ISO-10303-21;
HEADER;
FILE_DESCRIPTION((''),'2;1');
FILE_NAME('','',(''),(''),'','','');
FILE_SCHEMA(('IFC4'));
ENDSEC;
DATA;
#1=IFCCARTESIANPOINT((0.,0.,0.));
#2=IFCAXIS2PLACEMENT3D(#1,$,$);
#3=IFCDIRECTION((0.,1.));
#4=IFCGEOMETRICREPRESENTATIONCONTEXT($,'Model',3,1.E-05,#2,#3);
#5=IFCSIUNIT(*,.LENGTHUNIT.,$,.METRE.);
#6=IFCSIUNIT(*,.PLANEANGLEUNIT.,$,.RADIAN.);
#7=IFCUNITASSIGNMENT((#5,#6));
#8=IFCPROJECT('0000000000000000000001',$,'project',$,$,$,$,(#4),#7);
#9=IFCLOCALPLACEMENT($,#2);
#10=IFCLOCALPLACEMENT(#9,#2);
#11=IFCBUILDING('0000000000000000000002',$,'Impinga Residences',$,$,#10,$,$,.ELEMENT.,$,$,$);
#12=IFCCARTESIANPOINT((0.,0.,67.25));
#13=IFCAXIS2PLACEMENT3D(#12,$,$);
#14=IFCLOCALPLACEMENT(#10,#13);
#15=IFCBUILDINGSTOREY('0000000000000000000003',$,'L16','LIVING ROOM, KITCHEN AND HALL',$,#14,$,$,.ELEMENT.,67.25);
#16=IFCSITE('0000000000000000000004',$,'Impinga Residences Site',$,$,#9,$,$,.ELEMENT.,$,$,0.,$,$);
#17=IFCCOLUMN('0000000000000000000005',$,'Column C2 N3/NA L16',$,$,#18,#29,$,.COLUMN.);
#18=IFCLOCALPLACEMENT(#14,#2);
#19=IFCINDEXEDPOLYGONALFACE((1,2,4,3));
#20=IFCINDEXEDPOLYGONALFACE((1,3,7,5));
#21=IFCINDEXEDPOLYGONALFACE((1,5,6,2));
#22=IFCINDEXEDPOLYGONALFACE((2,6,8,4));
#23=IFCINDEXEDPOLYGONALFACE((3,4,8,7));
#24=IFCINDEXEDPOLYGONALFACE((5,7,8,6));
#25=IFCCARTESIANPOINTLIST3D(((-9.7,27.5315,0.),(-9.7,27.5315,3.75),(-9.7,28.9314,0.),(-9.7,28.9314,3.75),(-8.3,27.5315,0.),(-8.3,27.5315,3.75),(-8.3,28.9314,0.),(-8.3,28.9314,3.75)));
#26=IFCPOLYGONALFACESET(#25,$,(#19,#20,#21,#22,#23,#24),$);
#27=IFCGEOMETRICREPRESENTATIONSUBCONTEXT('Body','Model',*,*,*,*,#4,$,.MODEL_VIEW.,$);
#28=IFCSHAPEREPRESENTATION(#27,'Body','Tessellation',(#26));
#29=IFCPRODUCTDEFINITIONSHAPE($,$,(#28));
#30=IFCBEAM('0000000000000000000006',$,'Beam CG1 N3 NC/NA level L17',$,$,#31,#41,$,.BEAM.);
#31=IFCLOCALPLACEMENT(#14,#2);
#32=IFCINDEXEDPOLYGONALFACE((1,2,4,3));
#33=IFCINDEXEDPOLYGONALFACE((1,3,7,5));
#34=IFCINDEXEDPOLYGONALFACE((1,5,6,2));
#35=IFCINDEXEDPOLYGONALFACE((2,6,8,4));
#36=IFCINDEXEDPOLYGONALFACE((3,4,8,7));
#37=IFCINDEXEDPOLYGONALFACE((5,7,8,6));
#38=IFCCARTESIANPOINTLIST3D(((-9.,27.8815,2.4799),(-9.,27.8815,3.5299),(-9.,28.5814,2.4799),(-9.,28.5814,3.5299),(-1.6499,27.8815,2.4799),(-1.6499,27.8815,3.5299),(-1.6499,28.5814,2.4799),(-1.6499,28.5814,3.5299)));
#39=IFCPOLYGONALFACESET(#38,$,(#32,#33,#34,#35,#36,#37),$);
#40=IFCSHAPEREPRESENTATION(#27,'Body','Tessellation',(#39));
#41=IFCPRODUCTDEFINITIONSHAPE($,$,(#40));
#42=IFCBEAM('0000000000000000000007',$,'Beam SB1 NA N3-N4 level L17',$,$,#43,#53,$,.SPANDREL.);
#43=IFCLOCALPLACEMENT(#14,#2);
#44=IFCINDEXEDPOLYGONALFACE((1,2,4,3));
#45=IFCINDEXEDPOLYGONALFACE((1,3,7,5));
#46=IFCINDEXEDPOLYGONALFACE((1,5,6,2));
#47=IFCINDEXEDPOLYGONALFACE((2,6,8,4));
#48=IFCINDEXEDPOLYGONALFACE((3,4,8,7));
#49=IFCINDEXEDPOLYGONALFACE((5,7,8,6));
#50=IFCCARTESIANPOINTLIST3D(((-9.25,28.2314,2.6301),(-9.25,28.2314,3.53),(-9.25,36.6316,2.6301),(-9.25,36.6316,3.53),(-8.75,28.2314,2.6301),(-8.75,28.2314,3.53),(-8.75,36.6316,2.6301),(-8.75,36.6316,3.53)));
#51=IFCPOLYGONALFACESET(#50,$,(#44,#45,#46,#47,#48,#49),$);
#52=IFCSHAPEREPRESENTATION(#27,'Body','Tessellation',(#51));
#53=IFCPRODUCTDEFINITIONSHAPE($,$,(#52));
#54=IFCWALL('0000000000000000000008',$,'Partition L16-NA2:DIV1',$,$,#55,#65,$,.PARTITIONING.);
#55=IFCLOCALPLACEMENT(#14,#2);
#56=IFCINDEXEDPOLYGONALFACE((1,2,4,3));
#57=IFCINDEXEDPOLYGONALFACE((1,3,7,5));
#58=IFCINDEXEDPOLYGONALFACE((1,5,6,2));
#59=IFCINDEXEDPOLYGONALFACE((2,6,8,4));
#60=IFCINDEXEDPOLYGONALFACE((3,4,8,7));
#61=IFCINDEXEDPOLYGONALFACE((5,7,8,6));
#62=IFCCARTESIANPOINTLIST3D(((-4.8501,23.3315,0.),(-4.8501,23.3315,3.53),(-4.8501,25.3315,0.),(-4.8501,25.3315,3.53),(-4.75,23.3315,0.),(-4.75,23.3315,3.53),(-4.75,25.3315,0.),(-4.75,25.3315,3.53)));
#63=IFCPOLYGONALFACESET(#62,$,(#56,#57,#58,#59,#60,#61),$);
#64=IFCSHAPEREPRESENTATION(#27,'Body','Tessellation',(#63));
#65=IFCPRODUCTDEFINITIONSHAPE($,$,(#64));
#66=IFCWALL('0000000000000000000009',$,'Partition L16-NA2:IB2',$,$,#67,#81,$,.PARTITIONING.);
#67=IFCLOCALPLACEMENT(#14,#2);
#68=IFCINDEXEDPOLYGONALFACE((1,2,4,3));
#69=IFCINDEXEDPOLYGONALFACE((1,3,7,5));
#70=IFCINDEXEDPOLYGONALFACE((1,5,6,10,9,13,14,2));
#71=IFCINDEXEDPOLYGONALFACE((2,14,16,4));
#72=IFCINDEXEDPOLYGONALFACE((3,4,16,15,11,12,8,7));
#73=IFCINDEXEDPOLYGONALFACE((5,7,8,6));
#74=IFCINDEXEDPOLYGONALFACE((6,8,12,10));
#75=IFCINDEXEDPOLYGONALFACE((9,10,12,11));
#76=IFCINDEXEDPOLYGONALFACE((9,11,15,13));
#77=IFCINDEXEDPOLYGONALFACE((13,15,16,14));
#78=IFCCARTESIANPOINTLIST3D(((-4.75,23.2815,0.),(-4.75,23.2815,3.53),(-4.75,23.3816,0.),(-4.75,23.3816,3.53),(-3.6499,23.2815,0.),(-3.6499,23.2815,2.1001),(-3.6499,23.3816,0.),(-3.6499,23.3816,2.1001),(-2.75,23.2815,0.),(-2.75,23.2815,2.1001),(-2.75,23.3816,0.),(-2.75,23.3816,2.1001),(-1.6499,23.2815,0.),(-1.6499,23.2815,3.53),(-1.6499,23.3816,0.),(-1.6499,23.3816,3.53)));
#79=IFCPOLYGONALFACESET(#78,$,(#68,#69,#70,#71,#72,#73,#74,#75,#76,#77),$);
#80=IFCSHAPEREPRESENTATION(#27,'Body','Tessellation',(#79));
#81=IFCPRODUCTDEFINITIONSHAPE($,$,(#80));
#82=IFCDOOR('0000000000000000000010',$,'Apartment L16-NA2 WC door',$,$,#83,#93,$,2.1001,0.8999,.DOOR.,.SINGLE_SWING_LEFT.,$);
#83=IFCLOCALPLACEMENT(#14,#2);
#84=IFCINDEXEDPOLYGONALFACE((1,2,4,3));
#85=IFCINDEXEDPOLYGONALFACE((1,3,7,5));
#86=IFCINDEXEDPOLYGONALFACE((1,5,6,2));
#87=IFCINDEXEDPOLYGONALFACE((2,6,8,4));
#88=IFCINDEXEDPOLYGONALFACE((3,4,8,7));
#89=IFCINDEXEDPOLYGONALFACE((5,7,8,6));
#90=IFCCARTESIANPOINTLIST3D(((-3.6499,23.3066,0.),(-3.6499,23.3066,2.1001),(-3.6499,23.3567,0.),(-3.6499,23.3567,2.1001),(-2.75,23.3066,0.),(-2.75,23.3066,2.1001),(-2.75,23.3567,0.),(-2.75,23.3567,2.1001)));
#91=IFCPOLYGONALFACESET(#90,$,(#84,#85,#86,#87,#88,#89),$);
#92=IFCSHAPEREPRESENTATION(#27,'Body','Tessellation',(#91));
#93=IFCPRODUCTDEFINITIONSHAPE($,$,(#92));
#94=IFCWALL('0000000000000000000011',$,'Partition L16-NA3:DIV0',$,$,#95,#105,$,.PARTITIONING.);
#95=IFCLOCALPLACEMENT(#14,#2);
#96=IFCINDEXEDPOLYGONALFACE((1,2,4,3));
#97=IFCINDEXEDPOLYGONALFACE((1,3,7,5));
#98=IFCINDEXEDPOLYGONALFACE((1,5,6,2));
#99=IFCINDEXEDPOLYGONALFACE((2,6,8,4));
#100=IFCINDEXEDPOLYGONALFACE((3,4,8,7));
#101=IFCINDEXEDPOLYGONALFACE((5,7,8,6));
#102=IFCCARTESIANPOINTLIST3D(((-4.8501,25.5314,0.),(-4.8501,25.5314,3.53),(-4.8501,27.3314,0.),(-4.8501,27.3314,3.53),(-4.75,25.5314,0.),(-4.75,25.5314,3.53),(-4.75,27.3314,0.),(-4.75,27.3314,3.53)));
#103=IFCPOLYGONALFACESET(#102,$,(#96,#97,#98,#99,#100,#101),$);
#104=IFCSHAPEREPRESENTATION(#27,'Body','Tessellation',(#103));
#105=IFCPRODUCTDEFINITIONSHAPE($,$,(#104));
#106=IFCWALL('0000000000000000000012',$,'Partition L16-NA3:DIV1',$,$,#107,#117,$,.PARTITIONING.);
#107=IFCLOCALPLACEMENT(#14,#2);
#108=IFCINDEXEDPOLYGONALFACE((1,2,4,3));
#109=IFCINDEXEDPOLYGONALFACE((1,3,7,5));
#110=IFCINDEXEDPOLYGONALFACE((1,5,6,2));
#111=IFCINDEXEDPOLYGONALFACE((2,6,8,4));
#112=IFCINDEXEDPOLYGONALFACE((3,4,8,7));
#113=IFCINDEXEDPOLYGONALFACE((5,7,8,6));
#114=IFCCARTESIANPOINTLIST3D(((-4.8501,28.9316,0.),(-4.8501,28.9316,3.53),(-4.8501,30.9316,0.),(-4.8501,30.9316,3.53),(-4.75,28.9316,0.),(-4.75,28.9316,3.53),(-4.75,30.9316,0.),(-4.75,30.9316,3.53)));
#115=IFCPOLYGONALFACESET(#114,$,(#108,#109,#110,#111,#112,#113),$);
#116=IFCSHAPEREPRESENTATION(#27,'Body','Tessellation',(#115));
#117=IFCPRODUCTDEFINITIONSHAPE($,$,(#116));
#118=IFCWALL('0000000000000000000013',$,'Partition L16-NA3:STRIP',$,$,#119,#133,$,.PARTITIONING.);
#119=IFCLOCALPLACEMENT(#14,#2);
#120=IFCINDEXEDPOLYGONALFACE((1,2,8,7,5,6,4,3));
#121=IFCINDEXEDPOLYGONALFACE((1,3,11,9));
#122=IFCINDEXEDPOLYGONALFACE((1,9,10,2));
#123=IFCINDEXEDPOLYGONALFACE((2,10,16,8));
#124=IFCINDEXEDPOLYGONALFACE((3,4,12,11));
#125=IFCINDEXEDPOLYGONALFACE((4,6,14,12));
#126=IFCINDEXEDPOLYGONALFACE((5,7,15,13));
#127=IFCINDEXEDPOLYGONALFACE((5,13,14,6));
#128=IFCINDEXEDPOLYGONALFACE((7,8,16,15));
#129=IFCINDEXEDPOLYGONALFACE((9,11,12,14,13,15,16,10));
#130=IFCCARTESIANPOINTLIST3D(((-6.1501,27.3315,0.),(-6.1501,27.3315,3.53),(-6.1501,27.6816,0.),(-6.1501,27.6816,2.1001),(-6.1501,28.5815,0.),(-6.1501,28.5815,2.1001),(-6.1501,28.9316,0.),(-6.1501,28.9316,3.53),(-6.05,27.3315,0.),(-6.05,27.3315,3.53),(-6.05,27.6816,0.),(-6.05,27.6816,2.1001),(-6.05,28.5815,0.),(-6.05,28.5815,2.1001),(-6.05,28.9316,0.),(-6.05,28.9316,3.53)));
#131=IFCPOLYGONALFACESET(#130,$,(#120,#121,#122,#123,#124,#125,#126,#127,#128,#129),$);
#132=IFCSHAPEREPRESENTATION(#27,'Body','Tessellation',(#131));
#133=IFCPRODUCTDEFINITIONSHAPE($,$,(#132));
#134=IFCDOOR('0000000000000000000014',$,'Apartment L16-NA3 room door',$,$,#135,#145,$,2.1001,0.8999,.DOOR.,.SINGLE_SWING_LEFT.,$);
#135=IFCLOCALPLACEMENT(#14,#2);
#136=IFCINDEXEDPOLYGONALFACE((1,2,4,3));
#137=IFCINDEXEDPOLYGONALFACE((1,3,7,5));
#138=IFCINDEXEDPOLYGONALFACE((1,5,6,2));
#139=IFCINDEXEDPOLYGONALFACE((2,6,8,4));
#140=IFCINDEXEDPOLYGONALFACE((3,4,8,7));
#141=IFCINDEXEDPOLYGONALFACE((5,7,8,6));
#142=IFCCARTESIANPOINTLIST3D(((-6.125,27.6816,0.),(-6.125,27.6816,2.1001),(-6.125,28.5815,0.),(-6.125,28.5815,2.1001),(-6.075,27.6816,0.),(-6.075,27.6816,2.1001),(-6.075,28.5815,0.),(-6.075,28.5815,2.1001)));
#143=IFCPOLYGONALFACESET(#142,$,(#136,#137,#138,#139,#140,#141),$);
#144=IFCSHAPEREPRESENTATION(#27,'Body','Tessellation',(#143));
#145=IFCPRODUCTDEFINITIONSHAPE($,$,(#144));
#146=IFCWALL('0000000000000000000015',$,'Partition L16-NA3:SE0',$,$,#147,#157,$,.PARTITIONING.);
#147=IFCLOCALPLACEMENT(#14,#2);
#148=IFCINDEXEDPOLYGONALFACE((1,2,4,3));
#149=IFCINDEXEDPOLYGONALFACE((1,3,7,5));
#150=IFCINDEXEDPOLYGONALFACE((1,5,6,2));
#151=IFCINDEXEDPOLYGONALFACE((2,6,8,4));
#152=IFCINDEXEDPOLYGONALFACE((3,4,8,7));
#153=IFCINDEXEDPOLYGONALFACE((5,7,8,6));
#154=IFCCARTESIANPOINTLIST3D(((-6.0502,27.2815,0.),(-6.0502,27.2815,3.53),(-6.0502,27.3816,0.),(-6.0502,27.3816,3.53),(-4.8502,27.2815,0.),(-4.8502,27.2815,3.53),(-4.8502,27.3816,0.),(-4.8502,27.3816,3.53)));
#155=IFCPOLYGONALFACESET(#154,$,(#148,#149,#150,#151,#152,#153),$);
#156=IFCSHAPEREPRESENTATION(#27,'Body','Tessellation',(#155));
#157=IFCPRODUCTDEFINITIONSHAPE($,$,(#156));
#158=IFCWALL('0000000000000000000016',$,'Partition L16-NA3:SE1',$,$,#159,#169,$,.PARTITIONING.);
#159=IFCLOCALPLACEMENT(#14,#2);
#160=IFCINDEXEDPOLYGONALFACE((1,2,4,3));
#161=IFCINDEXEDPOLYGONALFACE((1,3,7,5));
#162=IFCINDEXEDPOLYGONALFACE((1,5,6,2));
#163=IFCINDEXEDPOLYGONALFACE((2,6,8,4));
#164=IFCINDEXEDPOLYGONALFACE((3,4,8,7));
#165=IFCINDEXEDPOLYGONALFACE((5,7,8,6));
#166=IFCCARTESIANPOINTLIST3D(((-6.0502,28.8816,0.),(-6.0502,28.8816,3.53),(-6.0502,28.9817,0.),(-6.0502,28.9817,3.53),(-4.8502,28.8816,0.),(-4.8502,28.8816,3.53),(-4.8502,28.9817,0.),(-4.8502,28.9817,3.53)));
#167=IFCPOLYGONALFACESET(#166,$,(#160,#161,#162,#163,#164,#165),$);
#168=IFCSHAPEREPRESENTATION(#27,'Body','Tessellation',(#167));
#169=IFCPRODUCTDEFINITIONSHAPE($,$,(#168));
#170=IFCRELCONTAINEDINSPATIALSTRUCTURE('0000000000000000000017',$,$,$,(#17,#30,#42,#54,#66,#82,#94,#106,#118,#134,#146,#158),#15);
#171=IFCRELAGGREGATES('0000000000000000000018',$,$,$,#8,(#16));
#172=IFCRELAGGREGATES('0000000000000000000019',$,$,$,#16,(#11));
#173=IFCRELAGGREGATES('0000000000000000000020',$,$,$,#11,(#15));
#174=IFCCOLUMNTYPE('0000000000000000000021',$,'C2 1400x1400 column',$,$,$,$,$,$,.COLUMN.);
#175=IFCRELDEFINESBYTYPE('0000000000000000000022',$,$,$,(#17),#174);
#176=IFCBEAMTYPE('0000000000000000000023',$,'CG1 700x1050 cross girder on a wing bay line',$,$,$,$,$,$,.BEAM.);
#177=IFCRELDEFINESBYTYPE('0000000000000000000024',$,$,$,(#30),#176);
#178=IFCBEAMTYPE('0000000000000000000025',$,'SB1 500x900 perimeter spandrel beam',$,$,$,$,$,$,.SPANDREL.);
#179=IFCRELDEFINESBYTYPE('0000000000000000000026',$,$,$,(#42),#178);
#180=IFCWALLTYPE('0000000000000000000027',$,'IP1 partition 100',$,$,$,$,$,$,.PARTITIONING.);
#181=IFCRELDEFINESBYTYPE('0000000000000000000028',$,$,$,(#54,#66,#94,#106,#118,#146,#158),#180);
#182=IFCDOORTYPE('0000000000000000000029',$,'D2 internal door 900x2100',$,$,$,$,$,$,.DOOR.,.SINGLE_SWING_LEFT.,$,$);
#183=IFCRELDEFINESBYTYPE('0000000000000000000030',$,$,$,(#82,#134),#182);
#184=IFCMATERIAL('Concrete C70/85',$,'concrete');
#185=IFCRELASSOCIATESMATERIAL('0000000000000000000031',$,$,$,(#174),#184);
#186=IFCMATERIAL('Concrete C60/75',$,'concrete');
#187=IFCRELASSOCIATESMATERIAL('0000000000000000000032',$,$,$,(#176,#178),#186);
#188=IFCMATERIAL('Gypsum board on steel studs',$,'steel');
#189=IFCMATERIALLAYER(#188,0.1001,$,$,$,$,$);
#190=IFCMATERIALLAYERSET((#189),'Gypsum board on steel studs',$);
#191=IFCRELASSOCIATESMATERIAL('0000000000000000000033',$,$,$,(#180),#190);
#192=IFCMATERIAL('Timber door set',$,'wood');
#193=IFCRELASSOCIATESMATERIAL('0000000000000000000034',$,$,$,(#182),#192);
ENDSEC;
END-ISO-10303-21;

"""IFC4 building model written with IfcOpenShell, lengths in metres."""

from ifc_helpers import new_model, si_unit, direction, frame, frame_2d, origin, origin_2d, place, context, subcontext, project, spatial, rectangle, extrude, material, layer, layer_set, material_profile, profile_set, type_object, element, fill, save


model = new_model("IFC4")

# Units and contexts
model_context = context("Model", 3, precision=1e-05, world=origin(), true_north=direction((0.0, 1.0)))
body_context = subcontext(model_context, "Body", "Model", "MODEL_VIEW")
ifc_project = project(units=[si_unit("LENGTHUNIT", "METRE"), si_unit("PLANEANGLEUNIT", "RADIAN")], contexts=[model_context])

# Site, building, storey
site_placement = place(None, origin())
site = spatial("IfcSite", under=ifc_project, at=site_placement, Name="Impinga Residences Site", CompositionType="ELEMENT", RefElevation=0.0)
building_placement = place(site_placement, origin())
building = spatial("IfcBuilding", under=site, at=building_placement, Name="Impinga Residences", CompositionType="ELEMENT")
storey_placement = place(building_placement, frame((0.0, 0.0, 67.25)))
storey = spatial("IfcBuildingStorey", under=building, at=storey_placement, Name="L16", Description="LIVING ROOM, KITCHEN AND HALL", CompositionType="ELEMENT", Elevation=67.25)

# Column
ifc_material_1 = material(Name="Concrete C70/85", Category="concrete")
ifc_material_profile_1 = material_profile(ifc_material_1, rectangle(XDim=1.3999, YDim=1.3999, at=origin_2d()), Name="RC 1400x1400")
ifc_profile_set_1 = profile_set([ifc_material_profile_1], Name="Concrete C70/85")
column_type = type_object("IfcColumnType", Name="C2 1400x1400 column", PredefinedType="COLUMN", material=ifc_profile_set_1)
column_placement = place(storey_placement, frame((-9.0, 28.2314, 0.0), z_axis=(0.0, 0.0, 1.0), x_axis=(1.0, 0.0, 0.0)))
element("IfcColumn", 1, at=column_placement, inside=storey, type_object=column_type, Name="Column C2 N3/NA L16", PredefinedType="COLUMN", context=body_context, shape_type="SweptSolid", body=[
    extrude(rectangle(XDim=1.3999, YDim=1.3999, at=origin_2d()), origin(), (0.0, 0.0, 1.0), 3.75),
])

# Beams
ifc_material_2 = material(Name="Concrete C60/75", Category="concrete")
ifc_material_profile_2 = material_profile(ifc_material_2, rectangle(XDim=0.7, YDim=1.05, at=origin_2d()), Name="RC 700x1050")
ifc_profile_set_2 = profile_set([ifc_material_profile_2], Name="Concrete C60/75")
beam_type_1 = type_object("IfcBeamType", Name="CG1 700x1050 cross girder on a wing bay line", PredefinedType="BEAM", material=ifc_profile_set_2)
beam_1_placement = place(storey_placement, frame((-1.6499, 28.2314, 3.0049), z_axis=(-1.0, 0.0, 0.0), x_axis=(0.0, -1.0, 0.0)))
element("IfcBeam", 2, at=beam_1_placement, inside=storey, type_object=beam_type_1, Name="Beam CG1 N3 NC/NA level L17", PredefinedType="BEAM", context=body_context, shape_type="SweptSolid", body=[
    extrude(rectangle(XDim=0.7, YDim=1.05, at=origin_2d()), origin(), (0.0, 0.0, 1.0), 7.3501),
])
ifc_material_profile_3 = material_profile(ifc_material_2, rectangle(XDim=0.5, YDim=0.8999, at=origin_2d()), Name="RC 500x900")
ifc_profile_set_3 = profile_set([ifc_material_profile_3], Name="Concrete C60/75")
beam_type_2 = type_object("IfcBeamType", Name="SB1 500x900 perimeter spandrel beam", PredefinedType="SPANDREL", material=ifc_profile_set_3)
beam_2_placement = place(storey_placement, frame((-9.0, 28.2314, 3.0801), z_axis=(0.0, 1.0, 0.0), x_axis=(-1.0, 0.0, 0.0)))
element("IfcBeam", 3, at=beam_2_placement, inside=storey, type_object=beam_type_2, Name="Beam SB1 NA N3-N4 level L17", PredefinedType="SPANDREL", context=body_context, shape_type="SweptSolid", body=[
    extrude(rectangle(XDim=0.5, YDim=0.8999, at=origin_2d()), origin(), (0.0, 0.0, 1.0), 8.4001),
])

# Wall
ifc_material_3 = material(Name="Gypsum board on steel studs", Category="steel")
ifc_layer_1 = layer(ifc_material_3, 0.1001)
ifc_layer_set_1 = layer_set([ifc_layer_1], Name="Gypsum board on steel studs")
wall_type_1 = type_object("IfcWallType", Name="IP1 partition 100", PredefinedType="PARTITIONING", material=ifc_layer_set_1)
wall_1_placement = place(storey_placement, frame((-4.8, 23.3315, 0.0), z_axis=(0.0, 0.0, 1.0), x_axis=(0.0, 1.0, 0.0)))
element("IfcWall", 4, at=wall_1_placement, inside=storey, type_object=wall_type_1, Name="Partition L16-NA2:DIV1", PredefinedType="PARTITIONING", context=body_context, shape_type="SweptSolid", body=[
    extrude(rectangle(XDim=2.0, YDim=0.1001, at=frame_2d((1.0, 0.0))), origin(), (0.0, 0.0, 1.0), 3.53),
])

# Wall, opening, door
wall_2_placement = place(storey_placement, frame((-1.6499, 23.3315, 0.0), z_axis=(0.0, 0.0, 1.0), x_axis=(-1.0, 0.0, 0.0)))
wall_2 = element("IfcWall", 5, at=wall_2_placement, inside=storey, type_object=wall_type_1, Name="Partition L16-NA2:IB2", PredefinedType="PARTITIONING", context=body_context, shape_type="SweptSolid", body=[
    extrude(rectangle(XDim=3.1001, YDim=0.1001, at=frame_2d((1.55, 0.0))), origin(), (0.0, 0.0, 1.0), 3.53),
])
opening_1_placement = place(wall_2_placement, frame((1.1001, 0.0, 0.0)))
opening_1 = element("IfcOpeningElement", 6, at=opening_1_placement, cuts=wall_2, PredefinedType="OPENING", context=body_context, shape_type="SweptSolid", body=[
    extrude(rectangle(XDim=0.8999, YDim=2.1001, at=frame_2d((0.45, 1.05))), frame((0.0, 0.0601, 0.0), z_axis=(0.0, -1.0, 0.0), x_axis=(1.0, 0.0, 0.0)), (0.0, 0.0, 1.0), 0.1201),
])
ifc_material_4 = material(Name="Timber door set", Category="wood")
door_type = type_object("IfcDoorType", Name="D2 internal door 900x2100", OperationType="SINGLE_SWING_LEFT", PredefinedType="DOOR", material=ifc_material_4)
door_1_placement = place(opening_1_placement, origin())
door_1 = element("IfcDoor", 7, at=door_1_placement, inside=storey, type_object=door_type, Name="Apartment L16-NA2 WC door", OperationType="SINGLE_SWING_LEFT", OverallHeight=2.1001, OverallWidth=0.8999, PredefinedType="DOOR", context=body_context, shape_type="SweptSolid", body=[
    extrude(rectangle(XDim=0.8999, YDim=2.1001, at=frame_2d((0.45, 1.05))), frame((0.0, 0.0249, 0.0), z_axis=(0.0, -1.0, 0.0), x_axis=(1.0, 0.0, 0.0)), (0.0, 0.0, 1.0), 0.05),
])
fill(opening_1, door_1)

# Walls
wall_3_placement = place(storey_placement, frame((-4.8, 25.5315, 0.0), z_axis=(0.0, 0.0, 1.0), x_axis=(0.0, 1.0, 0.0)))
element("IfcWall", 8, at=wall_3_placement, inside=storey, type_object=wall_type_1, Name="Partition L16-NA3:DIV0", PredefinedType="PARTITIONING", context=body_context, shape_type="SweptSolid", body=[
    extrude(rectangle(XDim=1.8, YDim=0.1001, at=frame_2d((0.8999, 0.0))), origin(), (0.0, 0.0, 1.0), 3.53),
])
wall_4_placement = place(storey_placement, frame((-4.8, 28.9316, 0.0), z_axis=(0.0, 0.0, 1.0), x_axis=(0.0, 1.0, 0.0)))
element("IfcWall", 9, at=wall_4_placement, inside=storey, type_object=wall_type_1, Name="Partition L16-NA3:DIV1", PredefinedType="PARTITIONING", context=body_context, shape_type="SweptSolid", body=[
    extrude(rectangle(XDim=2.0, YDim=0.1001, at=frame_2d((1.0, 0.0))), origin(), (0.0, 0.0, 1.0), 3.53),
])

# Wall, opening, door
wall_5_placement = place(storey_placement, frame((-6.1001, 27.3315, 0.0), z_axis=(0.0, 0.0, 1.0), x_axis=(0.0, 1.0, 0.0)))
wall_5 = element("IfcWall", 10, at=wall_5_placement, inside=storey, type_object=wall_type_1, Name="Partition L16-NA3:STRIP", PredefinedType="PARTITIONING", context=body_context, shape_type="SweptSolid", body=[
    extrude(rectangle(XDim=1.6001, YDim=0.1001, at=frame_2d((0.8, 0.0))), origin(), (0.0, 0.0, 1.0), 3.53),
])
opening_2_placement = place(wall_5_placement, frame((0.3501, 0.0, 0.0)))
opening_2 = element("IfcOpeningElement", 11, at=opening_2_placement, cuts=wall_5, PredefinedType="OPENING", context=body_context, shape_type="SweptSolid", body=[
    extrude(rectangle(XDim=0.8999, YDim=2.1001, at=frame_2d((0.45, 1.05))), frame((0.0, 0.0601, 0.0), z_axis=(0.0, -1.0, 0.0), x_axis=(1.0, 0.0, 0.0)), (0.0, 0.0, 1.0), 0.1201),
])
door_2_placement = place(opening_2_placement, origin())
door_2 = element("IfcDoor", 12, at=door_2_placement, inside=storey, type_object=door_type, Name="Apartment L16-NA3 room door", OperationType="SINGLE_SWING_LEFT", OverallHeight=2.1001, OverallWidth=0.8999, PredefinedType="DOOR", context=body_context, shape_type="SweptSolid", body=[
    extrude(rectangle(XDim=0.8999, YDim=2.1001, at=frame_2d((0.45, 1.05))), frame((0.0, 0.0249, 0.0), z_axis=(0.0, -1.0, 0.0), x_axis=(1.0, 0.0, 0.0)), (0.0, 0.0, 1.0), 0.05),
])
fill(opening_2, door_2)

# Walls
for number, where, z_axis, x_axis, name in (
    (13, (-4.8501, 27.3315, 0.0), (0.0, 0.0, 1.0), (-1.0, 0.0, 0.0), "Partition L16-NA3:SE0"),
    (14, (-4.8501, 28.9316, 0.0), (0.0, 0.0, 1.0), (-1.0, 0.0, 0.0), "Partition L16-NA3:SE1"),
):
    element("IfcWall", number, at=place(storey_placement, frame(where, z_axis=z_axis, x_axis=x_axis)), inside=storey, type_object=wall_type_1, Name=name, PredefinedType="PARTITIONING", context=body_context, shape_type="SweptSolid", body=[
        extrude(rectangle(XDim=1.2, YDim=0.1001, at=frame_2d((0.6001, 0.0))), origin(), (0.0, 0.0, 1.0), 3.53),
    ])

save(model, "model.ifc")
